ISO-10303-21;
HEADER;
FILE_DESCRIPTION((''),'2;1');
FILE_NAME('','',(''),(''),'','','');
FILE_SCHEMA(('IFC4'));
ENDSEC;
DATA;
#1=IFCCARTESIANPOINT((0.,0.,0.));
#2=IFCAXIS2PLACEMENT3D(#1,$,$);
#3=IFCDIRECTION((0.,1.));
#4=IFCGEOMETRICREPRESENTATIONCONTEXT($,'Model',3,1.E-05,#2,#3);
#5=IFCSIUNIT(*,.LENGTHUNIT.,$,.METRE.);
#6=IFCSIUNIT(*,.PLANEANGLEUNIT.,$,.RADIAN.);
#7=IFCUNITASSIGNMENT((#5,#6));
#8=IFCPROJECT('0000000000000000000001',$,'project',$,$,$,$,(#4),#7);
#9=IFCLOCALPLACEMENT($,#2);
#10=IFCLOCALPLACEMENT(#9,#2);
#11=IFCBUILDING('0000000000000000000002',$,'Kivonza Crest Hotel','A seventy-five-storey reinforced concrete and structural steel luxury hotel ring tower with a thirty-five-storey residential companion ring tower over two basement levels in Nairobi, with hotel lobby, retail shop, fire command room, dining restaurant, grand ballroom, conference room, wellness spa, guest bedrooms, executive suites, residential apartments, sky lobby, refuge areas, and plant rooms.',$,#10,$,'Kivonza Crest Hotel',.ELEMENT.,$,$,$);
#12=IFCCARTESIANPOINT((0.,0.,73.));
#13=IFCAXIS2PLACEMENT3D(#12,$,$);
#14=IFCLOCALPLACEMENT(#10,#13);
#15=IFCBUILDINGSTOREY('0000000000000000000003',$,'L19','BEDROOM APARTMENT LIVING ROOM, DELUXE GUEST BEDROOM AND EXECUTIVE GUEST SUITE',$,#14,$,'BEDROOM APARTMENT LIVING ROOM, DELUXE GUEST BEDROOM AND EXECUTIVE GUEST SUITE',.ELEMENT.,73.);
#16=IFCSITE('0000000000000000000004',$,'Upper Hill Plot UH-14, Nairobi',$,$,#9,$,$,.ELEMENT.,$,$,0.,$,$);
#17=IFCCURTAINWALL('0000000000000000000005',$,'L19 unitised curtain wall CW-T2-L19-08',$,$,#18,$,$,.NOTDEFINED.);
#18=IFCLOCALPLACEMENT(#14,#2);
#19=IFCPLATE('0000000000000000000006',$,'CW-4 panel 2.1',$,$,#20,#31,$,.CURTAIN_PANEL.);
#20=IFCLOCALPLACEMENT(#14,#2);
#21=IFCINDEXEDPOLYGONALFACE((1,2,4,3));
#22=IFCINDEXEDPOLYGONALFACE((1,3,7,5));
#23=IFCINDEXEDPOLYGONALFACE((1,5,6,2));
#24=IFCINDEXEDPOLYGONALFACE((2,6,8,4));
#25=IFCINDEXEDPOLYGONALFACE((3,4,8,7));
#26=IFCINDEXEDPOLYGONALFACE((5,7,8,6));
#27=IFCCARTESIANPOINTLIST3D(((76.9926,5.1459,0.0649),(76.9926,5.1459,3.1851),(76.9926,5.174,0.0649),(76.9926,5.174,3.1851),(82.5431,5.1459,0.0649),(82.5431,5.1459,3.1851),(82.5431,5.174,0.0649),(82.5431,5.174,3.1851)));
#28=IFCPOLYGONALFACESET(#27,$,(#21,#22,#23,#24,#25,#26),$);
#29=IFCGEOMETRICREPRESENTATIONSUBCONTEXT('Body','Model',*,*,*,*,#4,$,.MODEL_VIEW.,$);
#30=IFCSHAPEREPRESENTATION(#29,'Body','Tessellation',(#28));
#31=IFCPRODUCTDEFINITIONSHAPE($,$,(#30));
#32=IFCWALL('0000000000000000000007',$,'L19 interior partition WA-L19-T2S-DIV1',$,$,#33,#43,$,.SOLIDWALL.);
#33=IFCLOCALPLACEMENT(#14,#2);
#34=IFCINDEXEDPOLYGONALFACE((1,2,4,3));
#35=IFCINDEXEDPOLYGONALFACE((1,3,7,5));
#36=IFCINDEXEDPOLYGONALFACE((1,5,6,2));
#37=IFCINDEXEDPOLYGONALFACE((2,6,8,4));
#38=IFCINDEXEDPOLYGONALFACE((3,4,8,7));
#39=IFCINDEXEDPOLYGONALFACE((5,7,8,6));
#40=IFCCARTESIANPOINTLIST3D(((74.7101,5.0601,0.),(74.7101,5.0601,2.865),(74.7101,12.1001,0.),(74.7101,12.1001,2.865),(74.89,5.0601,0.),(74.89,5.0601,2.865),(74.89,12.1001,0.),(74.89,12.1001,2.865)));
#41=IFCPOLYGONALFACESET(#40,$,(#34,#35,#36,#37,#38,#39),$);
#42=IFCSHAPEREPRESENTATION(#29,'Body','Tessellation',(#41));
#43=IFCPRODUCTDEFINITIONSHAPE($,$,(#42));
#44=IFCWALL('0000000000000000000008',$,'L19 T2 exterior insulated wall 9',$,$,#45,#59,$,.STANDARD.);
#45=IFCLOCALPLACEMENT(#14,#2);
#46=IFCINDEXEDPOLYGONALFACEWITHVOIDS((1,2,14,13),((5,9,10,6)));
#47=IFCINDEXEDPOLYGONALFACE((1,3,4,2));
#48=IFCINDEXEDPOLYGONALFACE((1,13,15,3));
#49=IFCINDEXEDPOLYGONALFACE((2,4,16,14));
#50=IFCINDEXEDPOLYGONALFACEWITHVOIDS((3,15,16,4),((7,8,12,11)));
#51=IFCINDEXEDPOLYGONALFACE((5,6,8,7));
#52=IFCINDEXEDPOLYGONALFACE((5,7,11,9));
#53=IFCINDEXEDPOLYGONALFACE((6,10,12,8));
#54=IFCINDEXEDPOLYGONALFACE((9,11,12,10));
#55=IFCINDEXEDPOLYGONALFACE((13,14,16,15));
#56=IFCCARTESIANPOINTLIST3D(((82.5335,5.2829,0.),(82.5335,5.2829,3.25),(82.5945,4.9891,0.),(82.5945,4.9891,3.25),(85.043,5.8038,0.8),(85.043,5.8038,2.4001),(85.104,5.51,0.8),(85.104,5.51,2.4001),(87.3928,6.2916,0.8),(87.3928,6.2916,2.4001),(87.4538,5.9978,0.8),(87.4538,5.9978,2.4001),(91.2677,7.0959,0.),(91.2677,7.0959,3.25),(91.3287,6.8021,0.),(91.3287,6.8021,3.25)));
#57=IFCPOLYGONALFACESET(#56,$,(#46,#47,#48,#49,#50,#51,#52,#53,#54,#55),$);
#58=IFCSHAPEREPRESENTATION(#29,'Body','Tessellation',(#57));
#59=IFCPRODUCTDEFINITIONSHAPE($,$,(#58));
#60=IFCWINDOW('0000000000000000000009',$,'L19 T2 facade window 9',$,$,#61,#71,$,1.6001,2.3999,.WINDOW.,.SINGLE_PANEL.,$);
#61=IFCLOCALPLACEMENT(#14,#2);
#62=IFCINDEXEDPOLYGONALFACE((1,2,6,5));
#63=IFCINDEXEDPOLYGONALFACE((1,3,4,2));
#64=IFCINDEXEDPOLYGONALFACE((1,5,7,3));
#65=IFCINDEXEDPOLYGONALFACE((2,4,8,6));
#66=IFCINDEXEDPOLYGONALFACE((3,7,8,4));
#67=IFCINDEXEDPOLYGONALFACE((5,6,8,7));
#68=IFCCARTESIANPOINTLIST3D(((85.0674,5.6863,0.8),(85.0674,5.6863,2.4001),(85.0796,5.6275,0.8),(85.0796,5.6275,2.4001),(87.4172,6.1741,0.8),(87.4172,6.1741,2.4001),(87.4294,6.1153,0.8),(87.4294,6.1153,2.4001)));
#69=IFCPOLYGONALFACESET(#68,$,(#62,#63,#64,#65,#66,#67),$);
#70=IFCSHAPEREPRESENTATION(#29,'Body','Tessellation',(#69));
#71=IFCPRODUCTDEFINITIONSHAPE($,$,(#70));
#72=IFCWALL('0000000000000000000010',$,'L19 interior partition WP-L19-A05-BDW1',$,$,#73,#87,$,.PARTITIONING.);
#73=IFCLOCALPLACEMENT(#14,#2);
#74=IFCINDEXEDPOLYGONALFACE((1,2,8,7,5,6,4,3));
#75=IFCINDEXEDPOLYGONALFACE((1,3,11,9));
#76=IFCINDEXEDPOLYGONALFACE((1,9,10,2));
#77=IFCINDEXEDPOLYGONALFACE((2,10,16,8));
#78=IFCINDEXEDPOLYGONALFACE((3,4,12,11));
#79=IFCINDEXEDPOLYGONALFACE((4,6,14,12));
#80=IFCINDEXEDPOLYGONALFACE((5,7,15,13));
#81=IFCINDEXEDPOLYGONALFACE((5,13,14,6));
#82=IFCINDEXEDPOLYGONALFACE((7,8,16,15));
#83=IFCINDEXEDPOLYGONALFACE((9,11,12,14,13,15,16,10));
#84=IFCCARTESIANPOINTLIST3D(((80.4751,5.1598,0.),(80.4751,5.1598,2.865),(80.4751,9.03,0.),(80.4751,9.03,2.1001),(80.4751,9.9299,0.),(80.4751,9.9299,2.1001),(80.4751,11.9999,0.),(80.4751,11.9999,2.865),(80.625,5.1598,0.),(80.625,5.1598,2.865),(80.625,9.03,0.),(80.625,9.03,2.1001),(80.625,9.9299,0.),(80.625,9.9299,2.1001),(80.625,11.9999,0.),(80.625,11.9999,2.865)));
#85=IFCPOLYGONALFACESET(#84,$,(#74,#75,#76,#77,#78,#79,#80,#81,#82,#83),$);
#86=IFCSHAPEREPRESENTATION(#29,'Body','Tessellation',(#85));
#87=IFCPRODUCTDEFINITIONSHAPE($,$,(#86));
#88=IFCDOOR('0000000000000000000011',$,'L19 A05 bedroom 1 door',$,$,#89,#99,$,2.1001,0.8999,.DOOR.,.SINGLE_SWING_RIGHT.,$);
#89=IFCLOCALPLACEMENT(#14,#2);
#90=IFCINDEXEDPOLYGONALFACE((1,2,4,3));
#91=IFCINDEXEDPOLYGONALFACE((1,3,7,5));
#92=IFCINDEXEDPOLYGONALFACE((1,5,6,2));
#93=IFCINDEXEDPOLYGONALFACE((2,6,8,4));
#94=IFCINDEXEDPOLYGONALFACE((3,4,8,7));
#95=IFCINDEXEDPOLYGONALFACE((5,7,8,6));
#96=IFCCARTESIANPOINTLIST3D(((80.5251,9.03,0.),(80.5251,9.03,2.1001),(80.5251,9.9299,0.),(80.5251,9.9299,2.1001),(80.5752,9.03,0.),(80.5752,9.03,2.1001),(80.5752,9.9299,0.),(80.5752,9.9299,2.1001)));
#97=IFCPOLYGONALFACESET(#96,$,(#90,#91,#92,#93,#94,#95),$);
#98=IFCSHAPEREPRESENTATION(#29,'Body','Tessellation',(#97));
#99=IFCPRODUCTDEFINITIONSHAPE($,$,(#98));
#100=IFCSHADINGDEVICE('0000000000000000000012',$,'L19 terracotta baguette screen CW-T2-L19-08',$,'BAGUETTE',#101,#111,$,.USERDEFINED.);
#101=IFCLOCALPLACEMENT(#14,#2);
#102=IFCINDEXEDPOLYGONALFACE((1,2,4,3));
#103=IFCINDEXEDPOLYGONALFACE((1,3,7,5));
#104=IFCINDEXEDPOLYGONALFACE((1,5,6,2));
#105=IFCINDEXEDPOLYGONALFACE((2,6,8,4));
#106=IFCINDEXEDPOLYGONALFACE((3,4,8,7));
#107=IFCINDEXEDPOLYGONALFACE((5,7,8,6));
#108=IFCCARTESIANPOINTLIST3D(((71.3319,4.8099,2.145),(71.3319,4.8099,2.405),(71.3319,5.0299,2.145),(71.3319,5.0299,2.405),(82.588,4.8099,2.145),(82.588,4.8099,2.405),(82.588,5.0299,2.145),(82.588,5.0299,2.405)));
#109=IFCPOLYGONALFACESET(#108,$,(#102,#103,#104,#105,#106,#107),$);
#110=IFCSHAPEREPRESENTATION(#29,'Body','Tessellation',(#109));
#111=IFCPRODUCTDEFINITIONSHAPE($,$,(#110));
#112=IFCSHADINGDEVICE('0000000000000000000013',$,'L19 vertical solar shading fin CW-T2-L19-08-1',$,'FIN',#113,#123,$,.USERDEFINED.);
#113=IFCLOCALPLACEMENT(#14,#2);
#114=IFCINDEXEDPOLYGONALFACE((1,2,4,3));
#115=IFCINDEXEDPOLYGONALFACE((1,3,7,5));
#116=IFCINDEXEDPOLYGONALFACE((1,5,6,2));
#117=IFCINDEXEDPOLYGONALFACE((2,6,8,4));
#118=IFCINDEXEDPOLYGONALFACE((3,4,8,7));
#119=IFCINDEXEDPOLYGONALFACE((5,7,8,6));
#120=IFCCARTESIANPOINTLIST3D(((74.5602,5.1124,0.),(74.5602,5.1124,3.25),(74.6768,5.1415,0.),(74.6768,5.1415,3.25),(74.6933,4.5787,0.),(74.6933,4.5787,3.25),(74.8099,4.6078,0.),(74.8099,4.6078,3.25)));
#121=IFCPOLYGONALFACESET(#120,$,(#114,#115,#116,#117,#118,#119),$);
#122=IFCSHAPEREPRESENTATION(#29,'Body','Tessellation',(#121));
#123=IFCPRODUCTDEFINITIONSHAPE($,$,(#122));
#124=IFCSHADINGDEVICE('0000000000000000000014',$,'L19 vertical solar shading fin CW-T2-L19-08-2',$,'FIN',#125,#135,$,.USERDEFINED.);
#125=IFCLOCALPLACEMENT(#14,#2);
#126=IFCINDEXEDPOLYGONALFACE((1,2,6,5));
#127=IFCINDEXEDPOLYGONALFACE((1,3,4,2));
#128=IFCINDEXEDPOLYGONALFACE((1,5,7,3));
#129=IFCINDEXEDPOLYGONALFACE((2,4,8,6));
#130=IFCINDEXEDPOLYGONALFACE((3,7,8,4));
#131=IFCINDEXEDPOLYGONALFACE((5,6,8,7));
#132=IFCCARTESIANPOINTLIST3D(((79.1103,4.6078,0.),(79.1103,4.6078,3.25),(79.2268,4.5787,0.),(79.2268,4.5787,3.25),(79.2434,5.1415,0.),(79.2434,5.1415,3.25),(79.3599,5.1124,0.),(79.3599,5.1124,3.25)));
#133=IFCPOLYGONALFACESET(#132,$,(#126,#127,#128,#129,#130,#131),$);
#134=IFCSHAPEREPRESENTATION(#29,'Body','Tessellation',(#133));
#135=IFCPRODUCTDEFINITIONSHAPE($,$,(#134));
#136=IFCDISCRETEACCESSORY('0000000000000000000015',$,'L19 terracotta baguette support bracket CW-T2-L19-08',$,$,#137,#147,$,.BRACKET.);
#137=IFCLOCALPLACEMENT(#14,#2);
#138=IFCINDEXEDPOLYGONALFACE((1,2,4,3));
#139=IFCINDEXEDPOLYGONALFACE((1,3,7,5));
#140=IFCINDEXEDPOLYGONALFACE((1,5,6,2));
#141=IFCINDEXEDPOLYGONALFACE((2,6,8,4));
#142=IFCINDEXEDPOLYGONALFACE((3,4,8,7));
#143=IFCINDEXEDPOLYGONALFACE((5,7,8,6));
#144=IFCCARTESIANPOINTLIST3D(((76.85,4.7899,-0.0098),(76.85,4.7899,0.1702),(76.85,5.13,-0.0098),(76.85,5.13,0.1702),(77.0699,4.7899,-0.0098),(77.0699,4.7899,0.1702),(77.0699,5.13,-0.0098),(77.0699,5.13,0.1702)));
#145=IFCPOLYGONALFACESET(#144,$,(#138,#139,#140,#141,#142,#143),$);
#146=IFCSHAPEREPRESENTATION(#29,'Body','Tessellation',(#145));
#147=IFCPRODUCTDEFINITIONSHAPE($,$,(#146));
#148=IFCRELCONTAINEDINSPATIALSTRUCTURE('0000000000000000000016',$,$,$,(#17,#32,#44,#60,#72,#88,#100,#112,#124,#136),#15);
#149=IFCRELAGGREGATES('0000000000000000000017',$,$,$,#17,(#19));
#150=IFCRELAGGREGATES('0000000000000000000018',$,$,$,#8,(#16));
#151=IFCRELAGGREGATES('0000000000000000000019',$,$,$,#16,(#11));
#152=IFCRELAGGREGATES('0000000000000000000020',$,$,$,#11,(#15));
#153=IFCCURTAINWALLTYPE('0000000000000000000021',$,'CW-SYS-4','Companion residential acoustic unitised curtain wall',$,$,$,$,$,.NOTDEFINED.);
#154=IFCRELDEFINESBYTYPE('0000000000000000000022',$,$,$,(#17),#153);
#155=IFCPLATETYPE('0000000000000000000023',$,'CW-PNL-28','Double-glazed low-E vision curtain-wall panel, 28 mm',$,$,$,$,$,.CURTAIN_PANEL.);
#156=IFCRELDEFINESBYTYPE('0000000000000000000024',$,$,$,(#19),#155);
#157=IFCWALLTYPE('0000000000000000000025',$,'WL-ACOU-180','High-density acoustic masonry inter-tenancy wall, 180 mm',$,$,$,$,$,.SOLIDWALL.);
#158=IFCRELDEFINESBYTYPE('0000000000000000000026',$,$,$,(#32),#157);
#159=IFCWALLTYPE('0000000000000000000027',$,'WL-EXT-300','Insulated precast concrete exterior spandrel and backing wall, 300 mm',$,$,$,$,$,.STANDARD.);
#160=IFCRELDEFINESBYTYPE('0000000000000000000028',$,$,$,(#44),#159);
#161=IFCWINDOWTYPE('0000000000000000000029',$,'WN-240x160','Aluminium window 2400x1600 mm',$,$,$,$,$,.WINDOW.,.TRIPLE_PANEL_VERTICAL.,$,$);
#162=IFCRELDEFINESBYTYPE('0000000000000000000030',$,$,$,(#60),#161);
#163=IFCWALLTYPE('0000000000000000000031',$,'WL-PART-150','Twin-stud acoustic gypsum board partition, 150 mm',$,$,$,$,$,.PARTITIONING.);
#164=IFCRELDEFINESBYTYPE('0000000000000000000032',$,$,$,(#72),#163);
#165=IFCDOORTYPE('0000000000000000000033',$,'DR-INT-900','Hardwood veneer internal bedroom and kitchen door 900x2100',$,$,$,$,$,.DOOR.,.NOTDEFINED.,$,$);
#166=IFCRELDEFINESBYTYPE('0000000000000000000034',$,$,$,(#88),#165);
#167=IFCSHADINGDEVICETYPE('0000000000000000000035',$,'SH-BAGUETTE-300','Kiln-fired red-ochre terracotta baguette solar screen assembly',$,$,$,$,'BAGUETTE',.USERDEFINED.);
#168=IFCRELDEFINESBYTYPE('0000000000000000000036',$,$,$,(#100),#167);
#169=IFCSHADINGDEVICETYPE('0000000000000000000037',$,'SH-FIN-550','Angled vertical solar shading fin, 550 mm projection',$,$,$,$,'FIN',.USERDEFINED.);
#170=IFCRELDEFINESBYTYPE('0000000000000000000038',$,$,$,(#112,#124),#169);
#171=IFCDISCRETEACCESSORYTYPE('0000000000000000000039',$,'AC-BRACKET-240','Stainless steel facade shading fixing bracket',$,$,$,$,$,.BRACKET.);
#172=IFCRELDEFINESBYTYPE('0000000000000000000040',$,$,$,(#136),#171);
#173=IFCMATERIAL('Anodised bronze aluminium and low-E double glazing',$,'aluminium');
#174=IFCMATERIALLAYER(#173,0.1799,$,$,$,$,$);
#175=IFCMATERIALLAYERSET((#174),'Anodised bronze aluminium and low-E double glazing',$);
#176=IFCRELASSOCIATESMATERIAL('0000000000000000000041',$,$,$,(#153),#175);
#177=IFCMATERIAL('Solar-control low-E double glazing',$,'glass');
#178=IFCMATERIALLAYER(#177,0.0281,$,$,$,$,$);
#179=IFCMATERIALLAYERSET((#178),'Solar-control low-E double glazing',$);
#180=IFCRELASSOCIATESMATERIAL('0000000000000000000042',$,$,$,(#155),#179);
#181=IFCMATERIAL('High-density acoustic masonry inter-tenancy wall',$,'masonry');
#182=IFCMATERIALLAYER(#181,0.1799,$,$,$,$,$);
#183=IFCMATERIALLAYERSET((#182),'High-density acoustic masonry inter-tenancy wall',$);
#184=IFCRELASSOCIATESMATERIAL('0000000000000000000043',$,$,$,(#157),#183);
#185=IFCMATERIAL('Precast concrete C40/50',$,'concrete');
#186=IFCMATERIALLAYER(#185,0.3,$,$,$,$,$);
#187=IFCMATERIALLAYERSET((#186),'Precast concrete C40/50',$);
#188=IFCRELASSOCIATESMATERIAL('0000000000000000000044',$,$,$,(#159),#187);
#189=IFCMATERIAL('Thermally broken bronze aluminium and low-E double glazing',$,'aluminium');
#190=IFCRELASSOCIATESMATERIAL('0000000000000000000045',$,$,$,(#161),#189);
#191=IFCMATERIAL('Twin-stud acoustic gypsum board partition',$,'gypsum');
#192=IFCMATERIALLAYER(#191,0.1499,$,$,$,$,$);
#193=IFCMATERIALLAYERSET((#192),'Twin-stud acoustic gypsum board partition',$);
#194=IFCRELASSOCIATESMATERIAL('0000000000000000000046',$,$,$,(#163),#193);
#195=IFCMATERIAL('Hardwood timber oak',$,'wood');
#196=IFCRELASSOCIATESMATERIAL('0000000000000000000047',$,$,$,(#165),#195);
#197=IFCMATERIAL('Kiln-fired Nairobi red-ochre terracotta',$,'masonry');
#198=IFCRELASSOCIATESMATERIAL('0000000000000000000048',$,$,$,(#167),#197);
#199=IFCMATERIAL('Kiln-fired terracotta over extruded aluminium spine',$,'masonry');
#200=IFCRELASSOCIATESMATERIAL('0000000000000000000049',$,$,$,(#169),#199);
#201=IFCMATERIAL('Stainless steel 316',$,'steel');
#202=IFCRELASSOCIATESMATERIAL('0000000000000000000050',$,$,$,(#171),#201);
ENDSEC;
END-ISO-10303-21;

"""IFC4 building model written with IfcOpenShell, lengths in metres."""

from ifc_helpers import new_model, si_unit, direction, frame, frame_2d, origin, origin_2d, place, context, subcontext, project, spatial, rectangle, extrude, material, layer, layer_set, type_object, element, fill, aggregate, save


model = new_model("IFC4")

# Units and contexts
model_context = context("Model", 3, precision=1e-05, world=origin(), true_north=direction((0.0, 1.0)))
body_context = subcontext(model_context, "Body", "Model", "MODEL_VIEW")
ifc_project = project(units=[si_unit("LENGTHUNIT", "METRE"), si_unit("PLANEANGLEUNIT", "RADIAN")], contexts=[model_context])

# Site, building, storey
site_placement = place(None, origin())
site = spatial("IfcSite", under=ifc_project, at=site_placement, Name="Upper Hill Plot UH-14, Nairobi", CompositionType="ELEMENT", RefElevation=0.0)
building_placement = place(site_placement, origin())
building = spatial("IfcBuilding", under=site, at=building_placement, Name="Kivonza Crest Hotel", Description="A seventy-five-storey reinforced concrete and structural steel luxury hotel ring tower with a thirty-five-storey residential companion ring tower over two basement levels in Nairobi, with hotel lobby, retail shop, fire command room, dining restaurant, grand ballroom, conference room, wellness spa, guest bedrooms, executive suites, residential apartments, sky lobby, refuge areas, and plant rooms.", LongName="Kivonza Crest Hotel", CompositionType="ELEMENT")
storey_placement = place(building_placement, frame((0.0, 0.0, 73.0)))
storey = spatial("IfcBuildingStorey", under=building, at=storey_placement, Name="L19", Description="BEDROOM APARTMENT LIVING ROOM, DELUXE GUEST BEDROOM AND EXECUTIVE GUEST SUITE", LongName="BEDROOM APARTMENT LIVING ROOM, DELUXE GUEST BEDROOM AND EXECUTIVE GUEST SUITE", CompositionType="ELEMENT", Elevation=73.0)

# Curtain wall, plate
ifc_material_1 = material(Name="Anodised bronze aluminium and low-E double glazing", Category="aluminium")
ifc_layer_1 = layer(ifc_material_1, 0.1799)
ifc_layer_set_1 = layer_set([ifc_layer_1], Name="Anodised bronze aluminium and low-E double glazing")
curtain_wall_type = type_object("IfcCurtainWallType", Name="CW-SYS-4", Description="Companion residential acoustic unitised curtain wall", PredefinedType="NOTDEFINED", material=ifc_layer_set_1)
curtain_wall_placement = place(storey_placement, origin())
curtain_wall = element("IfcCurtainWall", 1, at=curtain_wall_placement, inside=storey, type_object=curtain_wall_type, Name="L19 unitised curtain wall CW-T2-L19-08", PredefinedType="NOTDEFINED")
ifc_material_2 = material(Name="Solar-control low-E double glazing", Category="glass")
ifc_layer_2 = layer(ifc_material_2, 0.0281)
ifc_layer_set_2 = layer_set([ifc_layer_2], Name="Solar-control low-E double glazing")
plate_type = type_object("IfcPlateType", Name="CW-PNL-28", Description="Double-glazed low-E vision curtain-wall panel, 28 mm", PredefinedType="CURTAIN_PANEL", material=ifc_layer_set_2)
plate_1_placement = place(storey_placement, frame((79.7678, 5.1599, 0.0649), z_axis=(0.0, 0.0, 1.0), x_axis=(1.0, 0.0, 0.0)))
plate_1 = element("IfcPlate", 2, at=plate_1_placement, type_object=plate_type, Name="CW-4 panel 2.1", PredefinedType="CURTAIN_PANEL", context=body_context, shape_type="SweptSolid", body=[
    extrude(rectangle(XDim=5.5505, YDim=0.0281, at=origin_2d()), origin(), (0.0, 0.0, 1.0), 3.1201),
])
aggregate(curtain_wall, [plate_1])

# Wall
ifc_material_3 = material(Name="High-density acoustic masonry inter-tenancy wall", Category="masonry")
ifc_layer_3 = layer(ifc_material_3, 0.1799)
ifc_layer_set_3 = layer_set([ifc_layer_3], Name="High-density acoustic masonry inter-tenancy wall")
wall_type_1 = type_object("IfcWallType", Name="WL-ACOU-180", Description="High-density acoustic masonry inter-tenancy wall, 180 mm", PredefinedType="SOLIDWALL", material=ifc_layer_set_3)
wall_1_placement = place(storey_placement, frame((74.8, 5.0601, 0.0), z_axis=(0.0, 0.0, 1.0), x_axis=(0.0, 1.0, 0.0)))
element("IfcWall", 3, at=wall_1_placement, inside=storey, type_object=wall_type_1, Name="L19 interior partition WA-L19-T2S-DIV1", PredefinedType="SOLIDWALL", context=body_context, shape_type="SweptSolid", body=[
    extrude(rectangle(XDim=7.04, YDim=0.1799, at=frame_2d((3.52, 0.0))), origin(), (0.0, 0.0, 1.0), 2.865),
])

# Wall, opening, window
ifc_material_4 = material(Name="Precast concrete C40/50", Category="concrete")
ifc_layer_4 = layer(ifc_material_4, 0.3)
ifc_layer_set_4 = layer_set([ifc_layer_4], Name="Precast concrete C40/50")
wall_type_2 = type_object("IfcWallType", Name="WL-EXT-300", Description="Insulated precast concrete exterior spandrel and backing wall, 300 mm", PredefinedType="STANDARD", material=ifc_layer_set_4)
wall_2_placement = place(storey_placement, frame((82.564, 5.136, 0.0), z_axis=(0.0, 0.0, 1.0), x_axis=(0.979128, 0.203243, 0.0)))
wall_2 = element("IfcWall", 4, at=wall_2_placement, inside=storey, type_object=wall_type_2, Name="L19 T2 exterior insulated wall 9", PredefinedType="STANDARD", context=body_context, shape_type="SweptSolid", body=[
    extrude(rectangle(XDim=8.9204, YDim=0.3, at=frame_2d((4.4602, 0.0))), origin(), (0.0, 0.0, 1.0), 3.25),
])
opening_1_placement = place(wall_2_placement, frame((2.563, 0.0, 0.8)))
opening_1 = element("IfcOpeningElement", 5, at=opening_1_placement, cuts=wall_2, PredefinedType="OPENING", context=body_context, shape_type="SweptSolid", body=[
    extrude(rectangle(XDim=2.3999, YDim=1.6001, at=frame_2d((1.2, 0.8))), frame((0.0, 0.1602, 0.0), z_axis=(0.0, -1.0, 0.0), x_axis=(1.0, 0.0, 0.0)), (0.0, 0.0, 1.0), 0.3201),
])
ifc_material_5 = material(Name="Thermally broken bronze aluminium and low-E double glazing", Category="aluminium")
window_type = type_object("IfcWindowType", Name="WN-240x160", Description="Aluminium window 2400x1600 mm", PartitioningType="TRIPLE_PANEL_VERTICAL", PredefinedType="WINDOW", material=ifc_material_5)
window_placement = place(opening_1_placement, origin())
window = element("IfcWindow", 6, at=window_placement, inside=storey, type_object=window_type, Name="L19 T2 facade window 9", OverallHeight=1.6001, OverallWidth=2.3999, PartitioningType="SINGLE_PANEL", PredefinedType="WINDOW", context=body_context, shape_type="SweptSolid", body=[
    extrude(rectangle(XDim=2.3999, YDim=1.6001, at=frame_2d((1.2, 0.8))), frame((0.0, 0.03, 0.0), z_axis=(0.0, -1.0, 0.0), x_axis=(1.0, 0.0, 0.0)), (0.0, 0.0, 1.0), 0.0601),
])
fill(opening_1, window)

# Wall, opening, door
ifc_material_6 = material(Name="Twin-stud acoustic gypsum board partition", Category="gypsum")
ifc_layer_5 = layer(ifc_material_6, 0.1499)
ifc_layer_set_5 = layer_set([ifc_layer_5], Name="Twin-stud acoustic gypsum board partition")
wall_type_3 = type_object("IfcWallType", Name="WL-PART-150", Description="Twin-stud acoustic gypsum board partition, 150 mm", PredefinedType="PARTITIONING", material=ifc_layer_set_5)
wall_3_placement = place(storey_placement, frame((80.55, 5.1599, 0.0), z_axis=(0.0, 0.0, 1.0), x_axis=(0.0, 1.0, 0.0)))
wall_3 = element("IfcWall", 7, at=wall_3_placement, inside=storey, type_object=wall_type_3, Name="L19 interior partition WP-L19-A05-BDW1", PredefinedType="PARTITIONING", context=body_context, shape_type="SweptSolid", body=[
    extrude(rectangle(XDim=6.8401, YDim=0.1499, at=frame_2d((3.4199, 0.0))), origin(), (0.0, 0.0, 1.0), 2.865),
])
opening_2_placement = place(wall_3_placement, frame((3.8701, 0.0, 0.0)))
opening_2 = element("IfcOpeningElement", 8, at=opening_2_placement, cuts=wall_3, PredefinedType="OPENING", context=body_context, shape_type="SweptSolid", body=[
    extrude(rectangle(XDim=0.8999, YDim=2.1001, at=frame_2d((0.45, 1.05))), frame((0.0, 0.085, 0.0), z_axis=(0.0, -1.0, 0.0), x_axis=(1.0, 0.0, 0.0)), (0.0, 0.0, 1.0), 0.1699),
])
ifc_material_7 = material(Name="Hardwood timber oak", Category="wood")
door_type = type_object("IfcDoorType", Name="DR-INT-900", Description="Hardwood veneer internal bedroom and kitchen door 900x2100", OperationType="NOTDEFINED", PredefinedType="DOOR", material=ifc_material_7)
door_placement = place(opening_2_placement, origin())
door = element("IfcDoor", 9, at=door_placement, inside=storey, type_object=door_type, Name="L19 A05 bedroom 1 door", OperationType="SINGLE_SWING_RIGHT", OverallHeight=2.1001, OverallWidth=0.8999, PredefinedType="DOOR", context=body_context, shape_type="SweptSolid", body=[
    extrude(rectangle(XDim=0.8999, YDim=2.1001, at=frame_2d((0.45, 1.05))), frame((0.0, 0.0249, 0.0), z_axis=(0.0, -1.0, 0.0), x_axis=(1.0, 0.0, 0.0)), (0.0, 0.0, 1.0), 0.05),
])
fill(opening_2, door)

# Shading devices
ifc_material_8 = material(Name="Kiln-fired Nairobi red-ochre terracotta", Category="masonry")
shading_device_type_1 = type_object("IfcShadingDeviceType", Name="SH-BAGUETTE-300", Description="Kiln-fired red-ochre terracotta baguette solar screen assembly", ElementType="BAGUETTE", PredefinedType="USERDEFINED", material=ifc_material_8)
shading_device_placement = place(storey_placement, frame((76.96, 4.9199, 2.145), z_axis=(0.0, 0.0, 1.0), x_axis=(1.0, 0.0, 0.0)))
element("IfcShadingDevice", 10, at=shading_device_placement, inside=storey, type_object=shading_device_type_1, Name="L19 terracotta baguette screen CW-T2-L19-08", ObjectType="BAGUETTE", PredefinedType="USERDEFINED", context=body_context, shape_type="SweptSolid", body=[
    extrude(rectangle(XDim=11.2561, YDim=0.22, at=origin_2d()), origin(), (0.0, 0.0, 1.0), 0.26),
])
ifc_material_9 = material(Name="Kiln-fired terracotta over extruded aluminium spine", Category="masonry")
shading_device_type_2 = type_object("IfcShadingDeviceType", Name="SH-FIN-550", Description="Angled vertical solar shading fin, 550 mm projection", ElementType="FIN", PredefinedType="USERDEFINED", material=ifc_material_9)
for number, where, z_axis, x_axis, name in (
    (11, (74.6851, 4.8601, 0.0), (0.0, 0.0, 1.0), (0.970296, 0.241922, 0.0), "L19 vertical solar shading fin CW-T2-L19-08-1"),
    (12, (79.2351, 4.8601, 0.0), (0.0, 0.0, 1.0), (0.970296, -0.241922, 0.0), "L19 vertical solar shading fin CW-T2-L19-08-2"),
):
    element("IfcShadingDevice", number, at=place(storey_placement, frame(where, z_axis=z_axis, x_axis=x_axis)), inside=storey, type_object=shading_device_type_2, Name=name, ObjectType="FIN", PredefinedType="USERDEFINED", context=body_context, shape_type="SweptSolid", body=[
        extrude(rectangle(XDim=0.1201, YDim=0.55, at=origin_2d()), origin(), (0.0, 0.0, 1.0), 3.25),
    ])

# Discrete accessory
ifc_material_10 = material(Name="Stainless steel 316", Category="steel")
discrete_accessory_type = type_object("IfcDiscreteAccessoryType", Name="AC-BRACKET-240", Description="Stainless steel facade shading fixing bracket", PredefinedType="BRACKET", material=ifc_material_10)
discrete_accessory_placement = place(storey_placement, frame((76.96, 4.96, -0.0098), z_axis=(0.0, 0.0, 1.0), x_axis=(1.0, 0.0, 0.0)))
element("IfcDiscreteAccessory", 13, at=discrete_accessory_placement, inside=storey, type_object=discrete_accessory_type, Name="L19 terracotta baguette support bracket CW-T2-L19-08", PredefinedType="BRACKET", context=body_context, shape_type="SweptSolid", body=[
    extrude(rectangle(XDim=0.22, YDim=0.3401, at=origin_2d()), origin(), (0.0, 0.0, 1.0), 0.1799),
])

save(model, "model.ifc")
